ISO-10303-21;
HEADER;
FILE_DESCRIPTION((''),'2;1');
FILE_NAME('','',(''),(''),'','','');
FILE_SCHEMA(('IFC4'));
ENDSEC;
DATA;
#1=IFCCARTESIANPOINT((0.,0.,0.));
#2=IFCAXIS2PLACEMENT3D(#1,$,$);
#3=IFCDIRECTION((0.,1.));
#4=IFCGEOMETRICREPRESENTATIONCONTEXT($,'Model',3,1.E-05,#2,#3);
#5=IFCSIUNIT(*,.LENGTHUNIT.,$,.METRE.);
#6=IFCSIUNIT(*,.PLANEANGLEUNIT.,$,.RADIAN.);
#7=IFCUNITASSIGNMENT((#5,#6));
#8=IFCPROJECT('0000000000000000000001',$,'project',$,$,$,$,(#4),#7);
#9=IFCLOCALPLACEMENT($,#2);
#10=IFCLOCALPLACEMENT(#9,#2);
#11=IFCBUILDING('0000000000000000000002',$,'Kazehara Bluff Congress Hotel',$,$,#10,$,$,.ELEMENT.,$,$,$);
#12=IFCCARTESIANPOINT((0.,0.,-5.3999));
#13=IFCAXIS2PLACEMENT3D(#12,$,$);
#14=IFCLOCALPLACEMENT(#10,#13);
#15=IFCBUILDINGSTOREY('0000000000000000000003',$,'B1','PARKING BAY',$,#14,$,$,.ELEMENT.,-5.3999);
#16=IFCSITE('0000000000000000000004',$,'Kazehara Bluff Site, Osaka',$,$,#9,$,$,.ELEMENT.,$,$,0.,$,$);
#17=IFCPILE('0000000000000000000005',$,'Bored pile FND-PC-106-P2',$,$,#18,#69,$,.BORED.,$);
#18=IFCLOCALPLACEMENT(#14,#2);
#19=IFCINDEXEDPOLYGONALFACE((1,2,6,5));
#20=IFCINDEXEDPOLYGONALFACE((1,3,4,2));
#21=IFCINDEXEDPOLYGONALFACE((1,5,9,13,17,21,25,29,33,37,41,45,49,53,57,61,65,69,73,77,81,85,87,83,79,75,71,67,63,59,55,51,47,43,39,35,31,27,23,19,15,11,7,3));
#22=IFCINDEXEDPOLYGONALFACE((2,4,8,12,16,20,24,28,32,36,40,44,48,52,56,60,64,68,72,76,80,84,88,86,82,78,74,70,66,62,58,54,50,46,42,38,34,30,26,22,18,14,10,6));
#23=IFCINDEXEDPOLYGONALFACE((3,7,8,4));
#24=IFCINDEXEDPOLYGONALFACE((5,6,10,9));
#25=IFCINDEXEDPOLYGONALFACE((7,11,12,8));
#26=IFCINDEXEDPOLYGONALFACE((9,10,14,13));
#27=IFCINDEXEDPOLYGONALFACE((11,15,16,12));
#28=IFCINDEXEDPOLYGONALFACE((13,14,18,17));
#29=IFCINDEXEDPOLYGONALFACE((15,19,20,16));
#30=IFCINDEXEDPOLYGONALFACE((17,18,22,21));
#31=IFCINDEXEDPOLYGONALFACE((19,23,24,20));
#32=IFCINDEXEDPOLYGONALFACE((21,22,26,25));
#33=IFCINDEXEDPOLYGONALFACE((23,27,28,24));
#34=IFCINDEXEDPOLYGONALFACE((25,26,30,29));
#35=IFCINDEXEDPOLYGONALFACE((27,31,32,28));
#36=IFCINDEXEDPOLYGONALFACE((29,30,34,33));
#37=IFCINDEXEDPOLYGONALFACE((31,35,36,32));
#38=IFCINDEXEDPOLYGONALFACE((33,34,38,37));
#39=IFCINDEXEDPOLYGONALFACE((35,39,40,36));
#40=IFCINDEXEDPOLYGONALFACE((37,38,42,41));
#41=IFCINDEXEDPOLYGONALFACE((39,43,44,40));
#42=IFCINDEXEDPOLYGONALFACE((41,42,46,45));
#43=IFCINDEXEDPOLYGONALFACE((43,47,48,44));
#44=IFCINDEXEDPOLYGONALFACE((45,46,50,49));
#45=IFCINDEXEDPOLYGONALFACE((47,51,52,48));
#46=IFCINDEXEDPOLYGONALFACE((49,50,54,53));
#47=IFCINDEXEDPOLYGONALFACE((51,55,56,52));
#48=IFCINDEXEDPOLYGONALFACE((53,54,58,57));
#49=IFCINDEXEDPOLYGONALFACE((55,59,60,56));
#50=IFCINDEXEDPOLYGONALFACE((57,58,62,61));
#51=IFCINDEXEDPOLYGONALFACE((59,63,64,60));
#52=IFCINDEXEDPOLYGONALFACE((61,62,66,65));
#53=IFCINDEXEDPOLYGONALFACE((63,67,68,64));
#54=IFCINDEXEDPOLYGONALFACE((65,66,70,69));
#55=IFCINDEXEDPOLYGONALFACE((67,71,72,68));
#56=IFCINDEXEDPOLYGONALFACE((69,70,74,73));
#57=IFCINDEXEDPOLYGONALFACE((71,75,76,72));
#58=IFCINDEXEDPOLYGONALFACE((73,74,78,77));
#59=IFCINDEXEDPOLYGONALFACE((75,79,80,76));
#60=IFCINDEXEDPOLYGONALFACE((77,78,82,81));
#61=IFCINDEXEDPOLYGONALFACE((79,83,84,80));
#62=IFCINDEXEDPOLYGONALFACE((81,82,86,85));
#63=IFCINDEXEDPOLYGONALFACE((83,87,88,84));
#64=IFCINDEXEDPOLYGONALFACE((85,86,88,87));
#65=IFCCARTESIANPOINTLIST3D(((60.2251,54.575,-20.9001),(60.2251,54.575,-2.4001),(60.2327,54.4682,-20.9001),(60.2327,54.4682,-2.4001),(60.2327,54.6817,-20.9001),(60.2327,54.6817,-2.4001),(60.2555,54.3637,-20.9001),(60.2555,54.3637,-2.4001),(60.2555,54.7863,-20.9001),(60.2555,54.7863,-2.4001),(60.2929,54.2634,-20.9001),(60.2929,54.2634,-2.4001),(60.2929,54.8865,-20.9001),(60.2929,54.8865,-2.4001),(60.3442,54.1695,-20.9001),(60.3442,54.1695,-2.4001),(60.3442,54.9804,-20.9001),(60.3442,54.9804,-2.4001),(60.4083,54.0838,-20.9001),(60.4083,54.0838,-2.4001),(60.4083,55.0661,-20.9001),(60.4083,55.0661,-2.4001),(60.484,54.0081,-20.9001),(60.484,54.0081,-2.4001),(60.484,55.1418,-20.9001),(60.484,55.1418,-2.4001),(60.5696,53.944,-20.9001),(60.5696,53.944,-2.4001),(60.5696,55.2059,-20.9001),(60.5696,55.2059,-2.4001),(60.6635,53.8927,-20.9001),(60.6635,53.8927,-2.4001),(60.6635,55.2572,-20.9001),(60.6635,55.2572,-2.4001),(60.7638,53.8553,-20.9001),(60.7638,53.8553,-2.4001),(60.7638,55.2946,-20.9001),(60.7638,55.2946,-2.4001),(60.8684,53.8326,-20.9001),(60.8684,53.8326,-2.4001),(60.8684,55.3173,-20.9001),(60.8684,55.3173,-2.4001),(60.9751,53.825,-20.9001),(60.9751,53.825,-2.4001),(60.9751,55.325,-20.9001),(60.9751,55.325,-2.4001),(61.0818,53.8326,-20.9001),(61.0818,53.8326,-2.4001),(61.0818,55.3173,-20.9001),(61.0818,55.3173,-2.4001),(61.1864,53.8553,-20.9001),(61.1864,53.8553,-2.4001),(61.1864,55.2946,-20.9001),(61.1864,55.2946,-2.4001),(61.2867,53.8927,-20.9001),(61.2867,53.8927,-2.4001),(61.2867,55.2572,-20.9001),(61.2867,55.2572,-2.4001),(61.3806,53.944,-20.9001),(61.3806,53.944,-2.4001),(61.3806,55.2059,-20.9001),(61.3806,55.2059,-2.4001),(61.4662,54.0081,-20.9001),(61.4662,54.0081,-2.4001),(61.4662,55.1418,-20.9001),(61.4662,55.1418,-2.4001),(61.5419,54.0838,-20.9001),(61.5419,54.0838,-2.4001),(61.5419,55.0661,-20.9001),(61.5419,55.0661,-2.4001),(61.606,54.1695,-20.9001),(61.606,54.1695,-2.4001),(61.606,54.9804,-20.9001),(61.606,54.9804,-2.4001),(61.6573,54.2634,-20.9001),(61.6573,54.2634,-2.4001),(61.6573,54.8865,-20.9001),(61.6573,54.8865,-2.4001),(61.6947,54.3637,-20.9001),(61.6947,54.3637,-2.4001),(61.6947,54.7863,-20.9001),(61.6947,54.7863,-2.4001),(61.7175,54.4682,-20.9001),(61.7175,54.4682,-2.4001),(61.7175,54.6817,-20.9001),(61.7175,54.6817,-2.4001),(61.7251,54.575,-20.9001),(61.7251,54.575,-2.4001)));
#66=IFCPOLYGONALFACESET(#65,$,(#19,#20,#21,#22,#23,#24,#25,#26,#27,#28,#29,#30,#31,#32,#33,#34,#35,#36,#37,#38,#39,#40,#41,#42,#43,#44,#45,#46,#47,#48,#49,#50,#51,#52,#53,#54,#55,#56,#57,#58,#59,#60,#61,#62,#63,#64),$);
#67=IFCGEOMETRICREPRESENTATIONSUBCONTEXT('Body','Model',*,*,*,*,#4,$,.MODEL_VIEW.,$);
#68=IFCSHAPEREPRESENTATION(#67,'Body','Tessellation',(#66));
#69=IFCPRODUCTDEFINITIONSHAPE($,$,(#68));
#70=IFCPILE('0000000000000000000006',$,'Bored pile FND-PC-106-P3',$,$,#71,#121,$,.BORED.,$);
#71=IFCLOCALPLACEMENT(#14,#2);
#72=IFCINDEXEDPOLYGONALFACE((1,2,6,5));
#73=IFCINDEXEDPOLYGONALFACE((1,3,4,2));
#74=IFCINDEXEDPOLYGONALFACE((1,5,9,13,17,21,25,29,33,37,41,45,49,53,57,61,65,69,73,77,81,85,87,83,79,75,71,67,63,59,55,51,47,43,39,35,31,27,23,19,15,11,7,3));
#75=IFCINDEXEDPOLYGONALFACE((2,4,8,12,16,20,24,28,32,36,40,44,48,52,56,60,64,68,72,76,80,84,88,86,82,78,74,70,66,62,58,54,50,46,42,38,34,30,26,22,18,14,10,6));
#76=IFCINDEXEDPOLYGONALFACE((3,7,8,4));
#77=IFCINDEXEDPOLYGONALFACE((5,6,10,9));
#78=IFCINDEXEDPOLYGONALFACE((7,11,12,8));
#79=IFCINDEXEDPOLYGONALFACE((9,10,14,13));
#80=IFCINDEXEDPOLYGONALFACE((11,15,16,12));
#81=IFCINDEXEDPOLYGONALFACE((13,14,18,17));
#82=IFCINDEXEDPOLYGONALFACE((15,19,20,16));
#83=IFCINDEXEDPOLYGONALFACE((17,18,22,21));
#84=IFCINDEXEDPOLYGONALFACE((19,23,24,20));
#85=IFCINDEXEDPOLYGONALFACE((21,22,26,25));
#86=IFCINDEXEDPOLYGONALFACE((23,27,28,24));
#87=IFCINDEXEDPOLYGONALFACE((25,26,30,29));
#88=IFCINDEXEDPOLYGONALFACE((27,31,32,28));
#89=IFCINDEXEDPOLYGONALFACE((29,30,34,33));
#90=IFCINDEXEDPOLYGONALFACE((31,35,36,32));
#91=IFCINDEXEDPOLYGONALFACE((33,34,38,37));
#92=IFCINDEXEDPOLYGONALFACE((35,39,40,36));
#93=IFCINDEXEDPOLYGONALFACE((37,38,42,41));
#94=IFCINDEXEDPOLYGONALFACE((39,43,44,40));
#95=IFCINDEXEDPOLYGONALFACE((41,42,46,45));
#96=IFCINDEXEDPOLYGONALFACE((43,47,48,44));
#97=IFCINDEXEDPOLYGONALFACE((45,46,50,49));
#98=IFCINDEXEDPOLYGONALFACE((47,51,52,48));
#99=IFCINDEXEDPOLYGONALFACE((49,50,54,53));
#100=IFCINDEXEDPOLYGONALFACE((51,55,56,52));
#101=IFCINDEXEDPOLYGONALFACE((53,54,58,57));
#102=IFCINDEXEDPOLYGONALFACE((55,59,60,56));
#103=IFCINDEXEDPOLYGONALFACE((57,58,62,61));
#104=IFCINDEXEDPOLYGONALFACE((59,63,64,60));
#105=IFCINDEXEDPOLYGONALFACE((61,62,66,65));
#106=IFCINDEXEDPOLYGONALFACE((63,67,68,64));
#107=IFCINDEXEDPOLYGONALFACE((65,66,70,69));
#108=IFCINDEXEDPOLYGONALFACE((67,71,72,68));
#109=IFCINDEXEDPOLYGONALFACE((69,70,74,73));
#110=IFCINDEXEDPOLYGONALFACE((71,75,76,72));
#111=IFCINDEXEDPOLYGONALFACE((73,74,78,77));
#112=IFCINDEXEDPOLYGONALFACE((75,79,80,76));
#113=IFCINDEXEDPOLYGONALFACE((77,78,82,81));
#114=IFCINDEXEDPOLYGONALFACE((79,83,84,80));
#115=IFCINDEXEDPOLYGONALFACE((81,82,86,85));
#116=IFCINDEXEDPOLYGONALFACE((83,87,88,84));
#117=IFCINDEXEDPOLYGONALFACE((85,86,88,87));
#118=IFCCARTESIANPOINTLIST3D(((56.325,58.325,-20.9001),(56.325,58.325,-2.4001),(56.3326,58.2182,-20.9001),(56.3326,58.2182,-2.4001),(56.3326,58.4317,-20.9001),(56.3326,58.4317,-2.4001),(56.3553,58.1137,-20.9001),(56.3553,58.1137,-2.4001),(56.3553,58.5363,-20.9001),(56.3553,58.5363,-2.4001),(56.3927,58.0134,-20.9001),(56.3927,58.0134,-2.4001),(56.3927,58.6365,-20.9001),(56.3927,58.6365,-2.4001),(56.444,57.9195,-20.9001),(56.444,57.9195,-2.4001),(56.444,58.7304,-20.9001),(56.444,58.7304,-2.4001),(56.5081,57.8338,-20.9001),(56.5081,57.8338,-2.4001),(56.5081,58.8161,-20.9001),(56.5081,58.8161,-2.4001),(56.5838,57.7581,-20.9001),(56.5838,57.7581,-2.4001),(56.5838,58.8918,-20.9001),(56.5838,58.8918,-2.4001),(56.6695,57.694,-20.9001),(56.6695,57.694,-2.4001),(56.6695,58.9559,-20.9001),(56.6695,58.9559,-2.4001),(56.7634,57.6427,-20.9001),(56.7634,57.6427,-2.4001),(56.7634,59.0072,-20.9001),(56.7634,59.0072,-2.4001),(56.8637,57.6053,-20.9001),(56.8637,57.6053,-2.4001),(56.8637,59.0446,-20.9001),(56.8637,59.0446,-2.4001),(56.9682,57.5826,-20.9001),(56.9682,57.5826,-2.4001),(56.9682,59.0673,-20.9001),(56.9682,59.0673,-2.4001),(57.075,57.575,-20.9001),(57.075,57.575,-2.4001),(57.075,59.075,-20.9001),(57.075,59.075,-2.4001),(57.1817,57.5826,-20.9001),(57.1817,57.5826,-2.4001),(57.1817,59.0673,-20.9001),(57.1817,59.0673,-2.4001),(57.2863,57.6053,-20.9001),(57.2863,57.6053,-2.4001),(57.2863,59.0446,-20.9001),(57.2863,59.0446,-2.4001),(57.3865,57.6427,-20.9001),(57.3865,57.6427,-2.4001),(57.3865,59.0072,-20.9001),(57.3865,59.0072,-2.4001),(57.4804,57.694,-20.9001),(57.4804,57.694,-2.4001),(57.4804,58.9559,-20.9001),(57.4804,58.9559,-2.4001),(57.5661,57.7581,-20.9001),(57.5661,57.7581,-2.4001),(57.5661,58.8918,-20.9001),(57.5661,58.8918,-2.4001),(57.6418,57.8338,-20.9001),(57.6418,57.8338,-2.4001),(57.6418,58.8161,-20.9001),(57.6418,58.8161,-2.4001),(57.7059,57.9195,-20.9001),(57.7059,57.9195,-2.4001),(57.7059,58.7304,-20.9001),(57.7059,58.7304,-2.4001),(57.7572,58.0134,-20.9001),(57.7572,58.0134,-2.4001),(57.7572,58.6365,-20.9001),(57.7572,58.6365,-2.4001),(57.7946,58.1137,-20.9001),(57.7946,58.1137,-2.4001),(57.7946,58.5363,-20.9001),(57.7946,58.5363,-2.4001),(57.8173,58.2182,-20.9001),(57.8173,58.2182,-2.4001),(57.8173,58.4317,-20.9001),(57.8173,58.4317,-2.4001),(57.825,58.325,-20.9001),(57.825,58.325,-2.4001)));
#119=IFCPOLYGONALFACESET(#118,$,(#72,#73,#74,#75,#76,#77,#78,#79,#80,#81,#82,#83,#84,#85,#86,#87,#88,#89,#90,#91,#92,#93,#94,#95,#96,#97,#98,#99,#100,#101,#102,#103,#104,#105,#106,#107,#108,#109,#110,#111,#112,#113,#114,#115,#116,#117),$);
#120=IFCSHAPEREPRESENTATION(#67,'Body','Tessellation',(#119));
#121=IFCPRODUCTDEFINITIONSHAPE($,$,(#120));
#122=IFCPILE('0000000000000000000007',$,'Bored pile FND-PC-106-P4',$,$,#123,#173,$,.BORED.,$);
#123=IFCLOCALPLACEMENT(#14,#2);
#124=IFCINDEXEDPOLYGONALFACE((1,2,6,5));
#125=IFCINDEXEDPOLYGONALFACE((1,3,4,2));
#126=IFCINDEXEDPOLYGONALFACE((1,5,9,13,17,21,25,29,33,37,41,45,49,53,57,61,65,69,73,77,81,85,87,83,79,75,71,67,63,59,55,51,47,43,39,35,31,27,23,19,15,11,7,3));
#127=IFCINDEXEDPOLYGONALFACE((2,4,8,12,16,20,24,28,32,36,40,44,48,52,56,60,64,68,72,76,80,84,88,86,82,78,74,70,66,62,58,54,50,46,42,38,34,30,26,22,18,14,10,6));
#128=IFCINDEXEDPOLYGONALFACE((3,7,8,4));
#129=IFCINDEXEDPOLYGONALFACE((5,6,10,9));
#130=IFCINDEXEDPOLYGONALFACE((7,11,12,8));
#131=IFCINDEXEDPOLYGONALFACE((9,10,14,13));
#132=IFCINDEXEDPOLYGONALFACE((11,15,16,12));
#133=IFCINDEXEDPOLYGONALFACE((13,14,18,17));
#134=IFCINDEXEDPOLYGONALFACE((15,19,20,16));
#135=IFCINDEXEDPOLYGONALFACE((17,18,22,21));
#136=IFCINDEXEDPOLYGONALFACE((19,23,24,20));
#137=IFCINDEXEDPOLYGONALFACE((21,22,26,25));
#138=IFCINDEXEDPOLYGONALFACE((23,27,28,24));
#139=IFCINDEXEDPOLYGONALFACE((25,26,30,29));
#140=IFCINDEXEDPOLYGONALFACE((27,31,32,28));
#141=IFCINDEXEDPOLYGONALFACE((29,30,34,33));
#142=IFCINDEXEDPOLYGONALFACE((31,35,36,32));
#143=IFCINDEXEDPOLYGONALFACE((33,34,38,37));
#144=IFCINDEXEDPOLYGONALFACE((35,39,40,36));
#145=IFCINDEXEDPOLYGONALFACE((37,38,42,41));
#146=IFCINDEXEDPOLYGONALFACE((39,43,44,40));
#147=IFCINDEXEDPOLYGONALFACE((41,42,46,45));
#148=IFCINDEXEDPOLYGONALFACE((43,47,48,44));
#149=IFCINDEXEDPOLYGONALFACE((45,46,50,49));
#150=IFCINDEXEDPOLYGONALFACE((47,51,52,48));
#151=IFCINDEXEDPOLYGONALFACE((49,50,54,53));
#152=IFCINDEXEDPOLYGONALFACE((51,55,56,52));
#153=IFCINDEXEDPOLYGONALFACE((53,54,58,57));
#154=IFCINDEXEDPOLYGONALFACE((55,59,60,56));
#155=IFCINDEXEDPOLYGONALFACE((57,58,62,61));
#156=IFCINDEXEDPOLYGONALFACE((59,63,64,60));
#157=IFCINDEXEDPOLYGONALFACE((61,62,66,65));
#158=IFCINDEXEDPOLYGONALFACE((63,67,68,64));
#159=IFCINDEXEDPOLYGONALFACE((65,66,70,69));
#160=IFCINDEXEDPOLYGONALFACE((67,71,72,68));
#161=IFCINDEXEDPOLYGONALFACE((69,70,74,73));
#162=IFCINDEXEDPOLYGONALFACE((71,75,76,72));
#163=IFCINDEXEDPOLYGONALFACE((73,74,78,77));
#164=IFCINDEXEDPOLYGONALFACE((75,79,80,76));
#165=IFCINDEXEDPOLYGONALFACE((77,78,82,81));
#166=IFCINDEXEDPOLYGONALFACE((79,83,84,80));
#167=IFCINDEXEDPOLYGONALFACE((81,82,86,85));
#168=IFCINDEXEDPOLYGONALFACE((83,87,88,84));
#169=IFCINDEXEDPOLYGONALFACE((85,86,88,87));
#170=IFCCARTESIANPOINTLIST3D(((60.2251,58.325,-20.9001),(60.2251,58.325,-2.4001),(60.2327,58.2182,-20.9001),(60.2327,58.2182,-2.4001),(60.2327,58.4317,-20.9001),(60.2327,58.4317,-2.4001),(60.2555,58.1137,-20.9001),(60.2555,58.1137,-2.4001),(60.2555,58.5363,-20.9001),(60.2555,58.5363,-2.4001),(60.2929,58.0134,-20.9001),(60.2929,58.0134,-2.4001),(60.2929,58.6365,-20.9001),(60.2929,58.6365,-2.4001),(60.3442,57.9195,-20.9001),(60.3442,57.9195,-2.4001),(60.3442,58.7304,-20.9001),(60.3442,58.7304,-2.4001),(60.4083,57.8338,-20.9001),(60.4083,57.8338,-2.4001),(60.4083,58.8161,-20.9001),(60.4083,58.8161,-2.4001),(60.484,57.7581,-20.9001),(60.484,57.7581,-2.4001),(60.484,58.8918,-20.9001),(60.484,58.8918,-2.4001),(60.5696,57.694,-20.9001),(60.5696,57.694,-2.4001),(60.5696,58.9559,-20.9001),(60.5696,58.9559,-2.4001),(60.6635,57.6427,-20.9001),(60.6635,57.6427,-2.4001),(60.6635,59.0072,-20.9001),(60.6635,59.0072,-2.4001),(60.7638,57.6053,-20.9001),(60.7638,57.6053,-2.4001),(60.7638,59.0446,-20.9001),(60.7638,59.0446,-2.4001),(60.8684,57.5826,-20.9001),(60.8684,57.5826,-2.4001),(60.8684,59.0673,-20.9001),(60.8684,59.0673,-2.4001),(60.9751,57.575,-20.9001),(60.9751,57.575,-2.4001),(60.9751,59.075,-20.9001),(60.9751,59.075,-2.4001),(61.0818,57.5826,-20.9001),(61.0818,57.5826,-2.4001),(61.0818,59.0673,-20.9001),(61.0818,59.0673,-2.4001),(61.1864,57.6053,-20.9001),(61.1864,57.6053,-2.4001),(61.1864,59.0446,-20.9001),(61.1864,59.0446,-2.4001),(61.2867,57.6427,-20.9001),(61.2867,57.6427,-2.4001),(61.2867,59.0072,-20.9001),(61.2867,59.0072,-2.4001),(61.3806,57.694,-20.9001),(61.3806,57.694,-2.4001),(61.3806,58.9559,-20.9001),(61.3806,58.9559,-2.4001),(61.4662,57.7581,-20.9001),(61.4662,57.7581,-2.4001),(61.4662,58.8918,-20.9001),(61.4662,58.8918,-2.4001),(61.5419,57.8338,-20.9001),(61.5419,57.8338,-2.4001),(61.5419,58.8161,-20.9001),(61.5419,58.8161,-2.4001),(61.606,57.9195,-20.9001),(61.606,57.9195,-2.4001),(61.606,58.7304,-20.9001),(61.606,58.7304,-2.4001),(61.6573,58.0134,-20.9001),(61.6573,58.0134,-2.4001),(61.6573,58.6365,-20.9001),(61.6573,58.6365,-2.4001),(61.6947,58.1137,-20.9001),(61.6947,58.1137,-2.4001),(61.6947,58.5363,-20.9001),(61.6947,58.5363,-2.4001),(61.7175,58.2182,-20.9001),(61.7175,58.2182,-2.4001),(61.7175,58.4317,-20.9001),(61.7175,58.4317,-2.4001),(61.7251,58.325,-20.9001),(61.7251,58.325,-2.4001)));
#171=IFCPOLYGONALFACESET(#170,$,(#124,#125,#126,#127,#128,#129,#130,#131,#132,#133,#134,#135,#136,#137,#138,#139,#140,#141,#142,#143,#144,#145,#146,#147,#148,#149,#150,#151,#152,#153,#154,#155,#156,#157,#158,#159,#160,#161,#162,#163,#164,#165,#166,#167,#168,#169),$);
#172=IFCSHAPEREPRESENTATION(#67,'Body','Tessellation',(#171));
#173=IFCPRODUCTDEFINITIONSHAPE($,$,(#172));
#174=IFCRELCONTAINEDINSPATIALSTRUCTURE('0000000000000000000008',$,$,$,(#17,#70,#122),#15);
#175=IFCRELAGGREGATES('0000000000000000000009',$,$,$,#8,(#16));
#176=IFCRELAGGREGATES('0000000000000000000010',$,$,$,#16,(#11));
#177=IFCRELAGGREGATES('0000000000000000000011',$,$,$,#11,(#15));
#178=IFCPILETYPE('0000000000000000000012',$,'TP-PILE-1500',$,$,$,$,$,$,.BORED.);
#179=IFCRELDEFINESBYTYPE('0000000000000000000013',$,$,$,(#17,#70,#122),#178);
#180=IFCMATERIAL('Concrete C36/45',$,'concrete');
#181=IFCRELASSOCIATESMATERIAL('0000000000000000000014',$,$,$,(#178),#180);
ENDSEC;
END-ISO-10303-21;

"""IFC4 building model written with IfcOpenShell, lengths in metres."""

from ifc_helpers import new_model, si_unit, direction, frame, origin, origin_2d, place, context, subcontext, project, spatial, circle, extrude, material, material_profile, profile_set, type_object, element, save


model = new_model("IFC4")

# Units and contexts
model_context = context("Model", 3, precision=1e-05, world=origin(), true_north=direction((0.0, 1.0)))
body_context = subcontext(model_context, "Body", "Model", "MODEL_VIEW")
ifc_project = project(units=[si_unit("LENGTHUNIT", "METRE"), si_unit("PLANEANGLEUNIT", "RADIAN")], contexts=[model_context])

# Site, building, storey
site_placement = place(None, origin())
site = spatial("IfcSite", under=ifc_project, at=site_placement, Name="Kazehara Bluff Site, Osaka", CompositionType="ELEMENT", RefElevation=0.0)
building_placement = place(site_placement, origin())
building = spatial("IfcBuilding", under=site, at=building_placement, Name="Kazehara Bluff Congress Hotel", CompositionType="ELEMENT")
storey_placement = place(building_placement, frame((0.0, 0.0, -5.3999)))
storey = spatial("IfcBuildingStorey", under=building, at=storey_placement, Name="B1", Description="PARKING BAY", CompositionType="ELEMENT", Elevation=-5.3999)

# Piles
ifc_material_1 = material(Name="Concrete C36/45", Category="concrete")
ifc_material_profile_1 = material_profile(ifc_material_1, circle(Radius=0.75, at=origin_2d()))
ifc_profile_set_1 = profile_set([ifc_material_profile_1], Name="Concrete C36/45")
pile_type_1 = type_object("IfcPileType", Name="TP-PILE-1500", PredefinedType="BORED", material=ifc_profile_set_1)
for number, where, z_axis, x_axis, name in (
    (1, (60.9751, 54.575, -2.4001), (0.0, 0.0, -1.0), (1.0, 0.0, 0.0), "Bored pile FND-PC-106-P2"),
    (2, (57.075, 58.325, -2.4001), (0.0, 0.0, -1.0), (1.0, 0.0, 0.0), "Bored pile FND-PC-106-P3"),
    (3, (60.9751, 58.325, -2.4001), (0.0, 0.0, -1.0), (1.0, 0.0, 0.0), "Bored pile FND-PC-106-P4"),
):
    element("IfcPile", number, at=place(storey_placement, frame(where, z_axis=z_axis, x_axis=x_axis)), inside=storey, type_object=pile_type_1, Name=name, PredefinedType="BORED", context=body_context, shape_type="SweptSolid", body=[
        extrude(circle(Radius=0.75, at=origin_2d()), origin(), (0.0, 0.0, 1.0), 18.5),
    ])

save(model, "model.ifc")
